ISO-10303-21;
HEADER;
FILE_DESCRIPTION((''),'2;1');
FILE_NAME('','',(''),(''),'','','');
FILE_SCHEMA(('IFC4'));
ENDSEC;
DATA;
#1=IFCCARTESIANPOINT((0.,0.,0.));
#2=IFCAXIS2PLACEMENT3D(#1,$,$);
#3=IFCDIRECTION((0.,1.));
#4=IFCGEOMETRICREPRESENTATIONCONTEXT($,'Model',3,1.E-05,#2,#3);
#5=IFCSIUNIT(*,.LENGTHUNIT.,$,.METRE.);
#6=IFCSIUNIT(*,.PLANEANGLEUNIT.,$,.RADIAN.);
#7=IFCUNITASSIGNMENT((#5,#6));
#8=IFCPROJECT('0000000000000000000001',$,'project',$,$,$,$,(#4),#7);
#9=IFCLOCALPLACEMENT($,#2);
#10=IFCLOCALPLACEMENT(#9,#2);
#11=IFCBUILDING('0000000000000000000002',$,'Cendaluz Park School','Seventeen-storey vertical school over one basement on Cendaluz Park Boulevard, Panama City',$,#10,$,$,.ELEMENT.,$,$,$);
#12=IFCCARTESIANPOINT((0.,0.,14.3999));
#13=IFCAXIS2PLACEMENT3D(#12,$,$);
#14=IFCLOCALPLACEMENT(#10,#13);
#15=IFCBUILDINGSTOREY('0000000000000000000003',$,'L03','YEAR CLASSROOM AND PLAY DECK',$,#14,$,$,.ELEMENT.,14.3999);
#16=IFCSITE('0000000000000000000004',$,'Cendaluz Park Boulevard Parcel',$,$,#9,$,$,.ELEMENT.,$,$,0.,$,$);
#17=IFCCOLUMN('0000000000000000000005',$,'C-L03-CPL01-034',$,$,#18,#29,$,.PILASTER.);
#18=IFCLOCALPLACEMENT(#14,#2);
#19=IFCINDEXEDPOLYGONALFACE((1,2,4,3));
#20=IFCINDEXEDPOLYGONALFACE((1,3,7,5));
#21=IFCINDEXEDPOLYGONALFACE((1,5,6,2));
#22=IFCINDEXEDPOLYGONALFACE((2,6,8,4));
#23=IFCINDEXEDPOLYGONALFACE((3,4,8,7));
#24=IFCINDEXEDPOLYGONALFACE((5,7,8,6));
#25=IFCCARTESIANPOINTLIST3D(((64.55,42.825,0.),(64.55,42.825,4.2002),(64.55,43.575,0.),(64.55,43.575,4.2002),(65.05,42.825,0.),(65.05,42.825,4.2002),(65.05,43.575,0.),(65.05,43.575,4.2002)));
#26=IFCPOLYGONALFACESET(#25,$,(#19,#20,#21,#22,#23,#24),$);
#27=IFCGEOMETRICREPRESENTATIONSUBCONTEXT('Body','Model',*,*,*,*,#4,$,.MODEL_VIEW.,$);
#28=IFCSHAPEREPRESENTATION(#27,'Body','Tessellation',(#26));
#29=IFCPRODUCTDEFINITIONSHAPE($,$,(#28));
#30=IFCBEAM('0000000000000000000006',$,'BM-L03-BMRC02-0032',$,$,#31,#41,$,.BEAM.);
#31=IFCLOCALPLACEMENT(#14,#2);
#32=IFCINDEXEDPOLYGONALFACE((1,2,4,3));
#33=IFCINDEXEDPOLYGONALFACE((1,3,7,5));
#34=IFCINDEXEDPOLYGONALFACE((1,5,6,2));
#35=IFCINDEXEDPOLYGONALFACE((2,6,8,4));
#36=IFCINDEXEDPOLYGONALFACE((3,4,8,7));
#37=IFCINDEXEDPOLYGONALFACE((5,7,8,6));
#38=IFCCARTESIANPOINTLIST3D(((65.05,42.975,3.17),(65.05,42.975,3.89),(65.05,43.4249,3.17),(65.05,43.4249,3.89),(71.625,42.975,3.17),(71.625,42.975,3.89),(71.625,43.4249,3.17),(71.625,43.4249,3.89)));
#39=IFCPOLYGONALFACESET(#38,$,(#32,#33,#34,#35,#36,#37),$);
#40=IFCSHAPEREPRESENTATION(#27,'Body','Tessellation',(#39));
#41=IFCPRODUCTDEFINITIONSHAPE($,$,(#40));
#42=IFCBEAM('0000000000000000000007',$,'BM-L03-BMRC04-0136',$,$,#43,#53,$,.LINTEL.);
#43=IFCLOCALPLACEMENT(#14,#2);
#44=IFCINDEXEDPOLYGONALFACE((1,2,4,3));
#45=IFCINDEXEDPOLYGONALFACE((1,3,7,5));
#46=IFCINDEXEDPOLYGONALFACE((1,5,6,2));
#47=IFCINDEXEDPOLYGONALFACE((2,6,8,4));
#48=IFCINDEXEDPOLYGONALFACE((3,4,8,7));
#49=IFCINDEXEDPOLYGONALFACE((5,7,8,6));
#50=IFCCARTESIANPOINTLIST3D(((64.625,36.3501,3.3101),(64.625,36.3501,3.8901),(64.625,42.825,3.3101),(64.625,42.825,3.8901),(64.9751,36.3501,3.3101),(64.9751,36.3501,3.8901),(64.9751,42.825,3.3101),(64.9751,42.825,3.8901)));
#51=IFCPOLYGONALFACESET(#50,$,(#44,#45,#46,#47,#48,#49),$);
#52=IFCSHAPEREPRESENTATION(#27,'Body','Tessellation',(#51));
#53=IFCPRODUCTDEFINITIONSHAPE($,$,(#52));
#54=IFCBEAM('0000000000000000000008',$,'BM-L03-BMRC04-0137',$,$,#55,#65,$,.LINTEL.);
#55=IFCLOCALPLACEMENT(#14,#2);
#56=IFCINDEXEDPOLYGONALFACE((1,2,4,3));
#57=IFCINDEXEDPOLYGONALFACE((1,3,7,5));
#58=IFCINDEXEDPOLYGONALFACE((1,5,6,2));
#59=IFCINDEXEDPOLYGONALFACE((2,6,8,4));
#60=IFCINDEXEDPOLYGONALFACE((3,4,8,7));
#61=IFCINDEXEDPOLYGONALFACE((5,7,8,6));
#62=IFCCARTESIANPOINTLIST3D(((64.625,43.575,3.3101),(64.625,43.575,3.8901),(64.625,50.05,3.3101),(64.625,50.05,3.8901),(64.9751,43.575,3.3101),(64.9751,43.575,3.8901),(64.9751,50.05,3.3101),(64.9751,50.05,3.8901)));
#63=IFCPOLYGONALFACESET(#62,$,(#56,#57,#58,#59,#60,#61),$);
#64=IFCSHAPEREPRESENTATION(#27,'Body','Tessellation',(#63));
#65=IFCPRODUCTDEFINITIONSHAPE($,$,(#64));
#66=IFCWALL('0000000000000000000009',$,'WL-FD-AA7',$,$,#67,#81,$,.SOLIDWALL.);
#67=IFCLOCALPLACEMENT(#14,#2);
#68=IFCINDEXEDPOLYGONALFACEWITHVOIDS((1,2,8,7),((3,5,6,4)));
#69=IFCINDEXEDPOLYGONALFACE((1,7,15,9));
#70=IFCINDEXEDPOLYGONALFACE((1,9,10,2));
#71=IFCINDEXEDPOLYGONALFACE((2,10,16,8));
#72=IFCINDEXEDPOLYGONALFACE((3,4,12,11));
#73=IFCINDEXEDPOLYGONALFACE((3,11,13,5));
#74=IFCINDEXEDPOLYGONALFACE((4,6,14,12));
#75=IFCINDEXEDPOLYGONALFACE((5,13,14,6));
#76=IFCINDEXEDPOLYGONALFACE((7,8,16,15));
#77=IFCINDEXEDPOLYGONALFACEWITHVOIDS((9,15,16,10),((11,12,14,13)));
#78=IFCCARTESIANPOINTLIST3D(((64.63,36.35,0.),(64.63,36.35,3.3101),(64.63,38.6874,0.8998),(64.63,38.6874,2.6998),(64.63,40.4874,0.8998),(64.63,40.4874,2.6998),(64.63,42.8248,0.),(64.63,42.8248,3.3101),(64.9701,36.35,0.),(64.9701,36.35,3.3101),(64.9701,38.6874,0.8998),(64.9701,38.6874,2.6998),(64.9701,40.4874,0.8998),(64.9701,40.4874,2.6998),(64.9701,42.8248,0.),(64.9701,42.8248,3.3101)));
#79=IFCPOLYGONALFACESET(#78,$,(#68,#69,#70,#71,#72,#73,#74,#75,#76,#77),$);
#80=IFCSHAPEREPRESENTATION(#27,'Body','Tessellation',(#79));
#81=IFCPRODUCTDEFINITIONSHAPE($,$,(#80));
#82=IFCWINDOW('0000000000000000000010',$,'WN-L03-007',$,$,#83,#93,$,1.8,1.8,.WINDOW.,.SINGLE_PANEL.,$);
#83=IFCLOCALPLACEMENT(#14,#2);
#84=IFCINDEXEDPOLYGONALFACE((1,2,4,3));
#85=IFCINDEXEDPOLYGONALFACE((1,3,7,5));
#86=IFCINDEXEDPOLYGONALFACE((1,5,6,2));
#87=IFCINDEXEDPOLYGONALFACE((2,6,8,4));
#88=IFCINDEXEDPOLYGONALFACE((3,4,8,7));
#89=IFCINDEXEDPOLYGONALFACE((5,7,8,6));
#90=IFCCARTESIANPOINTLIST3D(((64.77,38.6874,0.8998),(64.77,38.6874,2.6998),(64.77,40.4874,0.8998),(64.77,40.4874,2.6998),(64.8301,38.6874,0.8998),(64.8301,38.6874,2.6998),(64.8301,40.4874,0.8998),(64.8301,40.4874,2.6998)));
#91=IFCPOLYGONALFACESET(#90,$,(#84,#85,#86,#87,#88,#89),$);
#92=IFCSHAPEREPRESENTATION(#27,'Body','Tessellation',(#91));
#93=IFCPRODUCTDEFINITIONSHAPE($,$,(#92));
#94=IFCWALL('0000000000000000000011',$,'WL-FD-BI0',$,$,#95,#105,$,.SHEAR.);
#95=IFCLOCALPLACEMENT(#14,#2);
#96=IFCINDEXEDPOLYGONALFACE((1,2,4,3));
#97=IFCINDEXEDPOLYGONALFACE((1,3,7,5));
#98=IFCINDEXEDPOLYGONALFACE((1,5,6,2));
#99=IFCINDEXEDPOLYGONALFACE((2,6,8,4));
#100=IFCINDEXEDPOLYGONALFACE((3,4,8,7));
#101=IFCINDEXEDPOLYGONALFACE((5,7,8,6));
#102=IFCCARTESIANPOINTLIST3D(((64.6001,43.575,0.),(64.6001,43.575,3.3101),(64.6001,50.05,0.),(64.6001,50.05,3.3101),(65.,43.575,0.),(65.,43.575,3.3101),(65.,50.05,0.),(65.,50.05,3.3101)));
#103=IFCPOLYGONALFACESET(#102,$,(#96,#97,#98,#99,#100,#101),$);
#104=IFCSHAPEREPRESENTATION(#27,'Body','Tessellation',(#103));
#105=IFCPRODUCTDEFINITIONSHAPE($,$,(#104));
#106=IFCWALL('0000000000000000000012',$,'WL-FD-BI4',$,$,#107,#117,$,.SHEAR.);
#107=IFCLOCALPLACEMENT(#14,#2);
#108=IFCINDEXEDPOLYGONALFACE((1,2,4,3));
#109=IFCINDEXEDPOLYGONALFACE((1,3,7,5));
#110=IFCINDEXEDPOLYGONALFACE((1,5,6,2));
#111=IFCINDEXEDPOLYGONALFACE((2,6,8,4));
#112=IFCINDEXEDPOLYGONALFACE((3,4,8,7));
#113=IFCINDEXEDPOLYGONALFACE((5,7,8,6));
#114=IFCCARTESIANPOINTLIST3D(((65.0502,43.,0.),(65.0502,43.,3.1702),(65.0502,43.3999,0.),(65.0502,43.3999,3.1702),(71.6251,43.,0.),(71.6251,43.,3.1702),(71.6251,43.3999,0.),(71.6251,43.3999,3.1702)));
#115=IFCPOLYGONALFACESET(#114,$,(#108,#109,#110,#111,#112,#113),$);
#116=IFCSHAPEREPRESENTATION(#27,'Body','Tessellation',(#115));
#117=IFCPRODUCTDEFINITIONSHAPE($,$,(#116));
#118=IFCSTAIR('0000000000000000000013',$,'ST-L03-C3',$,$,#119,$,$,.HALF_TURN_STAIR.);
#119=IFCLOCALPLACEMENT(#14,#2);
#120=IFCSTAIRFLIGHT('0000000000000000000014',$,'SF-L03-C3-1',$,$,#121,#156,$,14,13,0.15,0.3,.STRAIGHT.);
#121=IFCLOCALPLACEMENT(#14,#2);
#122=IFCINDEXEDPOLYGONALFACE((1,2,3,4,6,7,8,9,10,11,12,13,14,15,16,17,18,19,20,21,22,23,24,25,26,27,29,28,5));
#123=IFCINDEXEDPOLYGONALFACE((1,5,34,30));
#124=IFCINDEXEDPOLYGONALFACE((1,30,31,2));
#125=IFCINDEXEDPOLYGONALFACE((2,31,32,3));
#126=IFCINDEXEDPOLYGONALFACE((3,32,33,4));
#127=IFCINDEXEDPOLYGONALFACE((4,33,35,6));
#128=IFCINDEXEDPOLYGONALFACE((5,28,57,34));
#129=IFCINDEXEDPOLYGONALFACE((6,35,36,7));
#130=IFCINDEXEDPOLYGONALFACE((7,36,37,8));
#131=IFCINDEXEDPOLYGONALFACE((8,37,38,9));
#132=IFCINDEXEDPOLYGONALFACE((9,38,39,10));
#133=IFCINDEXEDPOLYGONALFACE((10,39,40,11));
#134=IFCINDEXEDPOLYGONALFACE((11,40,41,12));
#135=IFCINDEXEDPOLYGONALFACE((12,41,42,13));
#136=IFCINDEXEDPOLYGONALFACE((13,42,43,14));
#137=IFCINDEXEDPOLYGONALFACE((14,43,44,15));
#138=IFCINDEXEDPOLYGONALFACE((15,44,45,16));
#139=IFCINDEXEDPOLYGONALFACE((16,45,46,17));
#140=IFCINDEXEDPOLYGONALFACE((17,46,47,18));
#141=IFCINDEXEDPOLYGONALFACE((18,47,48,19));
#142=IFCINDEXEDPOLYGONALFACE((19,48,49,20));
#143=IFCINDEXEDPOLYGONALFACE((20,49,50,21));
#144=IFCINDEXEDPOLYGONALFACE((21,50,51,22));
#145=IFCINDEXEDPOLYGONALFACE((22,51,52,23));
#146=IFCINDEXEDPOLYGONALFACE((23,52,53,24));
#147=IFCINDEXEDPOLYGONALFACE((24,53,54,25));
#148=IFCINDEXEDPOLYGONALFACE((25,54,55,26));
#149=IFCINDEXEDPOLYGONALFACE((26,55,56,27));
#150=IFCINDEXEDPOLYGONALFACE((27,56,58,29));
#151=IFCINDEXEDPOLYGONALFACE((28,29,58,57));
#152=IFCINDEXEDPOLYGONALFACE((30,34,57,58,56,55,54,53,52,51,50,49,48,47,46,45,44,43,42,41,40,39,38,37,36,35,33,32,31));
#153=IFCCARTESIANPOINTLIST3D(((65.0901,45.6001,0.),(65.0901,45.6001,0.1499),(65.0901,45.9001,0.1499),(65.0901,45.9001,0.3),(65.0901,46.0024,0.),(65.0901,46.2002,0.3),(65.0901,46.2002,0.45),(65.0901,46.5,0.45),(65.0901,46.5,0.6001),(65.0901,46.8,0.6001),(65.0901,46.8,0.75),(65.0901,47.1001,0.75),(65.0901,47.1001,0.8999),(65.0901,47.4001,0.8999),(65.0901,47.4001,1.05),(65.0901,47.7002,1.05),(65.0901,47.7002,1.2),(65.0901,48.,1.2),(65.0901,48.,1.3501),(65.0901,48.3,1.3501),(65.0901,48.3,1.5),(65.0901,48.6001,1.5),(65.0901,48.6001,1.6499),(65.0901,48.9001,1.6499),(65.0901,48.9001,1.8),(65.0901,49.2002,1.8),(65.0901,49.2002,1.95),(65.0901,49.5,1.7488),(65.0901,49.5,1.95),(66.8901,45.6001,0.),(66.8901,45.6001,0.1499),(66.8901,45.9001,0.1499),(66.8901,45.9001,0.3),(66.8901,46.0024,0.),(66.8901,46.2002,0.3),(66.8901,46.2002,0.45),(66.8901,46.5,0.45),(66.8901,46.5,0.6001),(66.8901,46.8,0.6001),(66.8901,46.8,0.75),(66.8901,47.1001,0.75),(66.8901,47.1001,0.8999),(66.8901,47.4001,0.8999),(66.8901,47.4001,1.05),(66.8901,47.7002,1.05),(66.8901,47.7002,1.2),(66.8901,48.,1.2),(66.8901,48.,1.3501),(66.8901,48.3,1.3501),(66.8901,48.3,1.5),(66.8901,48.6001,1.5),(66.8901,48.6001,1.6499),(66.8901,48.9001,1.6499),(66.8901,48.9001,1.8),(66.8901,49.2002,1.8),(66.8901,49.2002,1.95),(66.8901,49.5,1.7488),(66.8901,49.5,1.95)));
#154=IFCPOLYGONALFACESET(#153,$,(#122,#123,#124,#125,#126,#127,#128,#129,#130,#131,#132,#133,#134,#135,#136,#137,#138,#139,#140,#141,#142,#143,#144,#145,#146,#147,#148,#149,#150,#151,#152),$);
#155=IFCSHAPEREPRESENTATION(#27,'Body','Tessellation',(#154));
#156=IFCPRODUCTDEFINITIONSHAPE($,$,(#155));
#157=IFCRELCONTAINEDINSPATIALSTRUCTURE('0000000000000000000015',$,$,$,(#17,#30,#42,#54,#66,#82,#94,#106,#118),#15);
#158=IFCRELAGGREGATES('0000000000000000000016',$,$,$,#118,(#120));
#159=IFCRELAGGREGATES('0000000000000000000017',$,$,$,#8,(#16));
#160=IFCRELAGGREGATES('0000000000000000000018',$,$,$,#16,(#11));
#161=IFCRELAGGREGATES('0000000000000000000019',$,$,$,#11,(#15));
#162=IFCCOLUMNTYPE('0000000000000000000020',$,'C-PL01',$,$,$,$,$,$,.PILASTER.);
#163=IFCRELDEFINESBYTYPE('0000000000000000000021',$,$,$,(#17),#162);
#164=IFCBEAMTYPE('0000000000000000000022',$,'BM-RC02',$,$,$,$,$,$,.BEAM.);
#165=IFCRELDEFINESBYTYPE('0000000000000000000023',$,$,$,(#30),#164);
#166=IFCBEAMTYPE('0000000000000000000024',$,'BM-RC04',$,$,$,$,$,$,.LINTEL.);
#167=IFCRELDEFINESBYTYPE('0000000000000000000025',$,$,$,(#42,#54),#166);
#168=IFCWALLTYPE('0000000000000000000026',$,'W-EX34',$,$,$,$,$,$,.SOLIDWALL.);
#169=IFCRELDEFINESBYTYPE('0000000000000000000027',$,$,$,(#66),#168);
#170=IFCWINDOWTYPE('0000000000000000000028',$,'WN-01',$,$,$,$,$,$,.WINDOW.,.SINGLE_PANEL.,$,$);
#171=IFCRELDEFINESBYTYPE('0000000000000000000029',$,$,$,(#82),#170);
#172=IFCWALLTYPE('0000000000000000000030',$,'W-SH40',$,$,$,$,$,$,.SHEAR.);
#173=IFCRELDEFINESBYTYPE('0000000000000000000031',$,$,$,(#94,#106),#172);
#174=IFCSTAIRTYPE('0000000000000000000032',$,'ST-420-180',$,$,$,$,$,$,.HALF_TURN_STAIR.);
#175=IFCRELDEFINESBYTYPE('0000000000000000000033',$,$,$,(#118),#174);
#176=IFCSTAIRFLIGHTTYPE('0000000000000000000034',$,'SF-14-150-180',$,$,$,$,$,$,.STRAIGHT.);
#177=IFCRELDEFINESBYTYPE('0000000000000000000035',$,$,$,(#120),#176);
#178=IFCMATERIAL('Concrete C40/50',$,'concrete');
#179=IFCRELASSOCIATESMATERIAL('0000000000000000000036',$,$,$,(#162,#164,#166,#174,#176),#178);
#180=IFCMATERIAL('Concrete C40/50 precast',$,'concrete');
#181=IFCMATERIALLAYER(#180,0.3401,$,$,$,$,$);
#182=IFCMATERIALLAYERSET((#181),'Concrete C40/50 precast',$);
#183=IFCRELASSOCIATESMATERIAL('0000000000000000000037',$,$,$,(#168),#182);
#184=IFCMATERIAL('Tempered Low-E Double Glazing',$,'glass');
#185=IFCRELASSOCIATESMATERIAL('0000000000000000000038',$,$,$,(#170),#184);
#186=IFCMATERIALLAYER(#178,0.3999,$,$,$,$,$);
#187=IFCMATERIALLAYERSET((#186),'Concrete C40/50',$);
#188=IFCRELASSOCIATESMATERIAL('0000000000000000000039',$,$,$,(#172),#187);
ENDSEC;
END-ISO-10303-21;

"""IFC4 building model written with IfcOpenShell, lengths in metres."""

from ifc_helpers import new_model, si_unit, direction, frame, frame_2d, origin, origin_2d, place, context, subcontext, project, spatial, polyline, rectangle, outline, extrude, material, layer, layer_set, material_profile, profile_set, type_object, element, fill, aggregate, save


model = new_model("IFC4")

# Units and contexts
model_context = context("Model", 3, precision=1e-05, world=origin(), true_north=direction((0.0, 1.0)))
body_context = subcontext(model_context, "Body", "Model", "MODEL_VIEW")
ifc_project = project(units=[si_unit("LENGTHUNIT", "METRE"), si_unit("PLANEANGLEUNIT", "RADIAN")], contexts=[model_context])

# Site, building, storey
site_placement = place(None, origin())
site = spatial("IfcSite", under=ifc_project, at=site_placement, Name="Cendaluz Park Boulevard Parcel", CompositionType="ELEMENT", RefElevation=0.0)
building_placement = place(site_placement, origin())
building = spatial("IfcBuilding", under=site, at=building_placement, Name="Cendaluz Park School", Description="Seventeen-storey vertical school over one basement on Cendaluz Park Boulevard, Panama City", CompositionType="ELEMENT")
storey_placement = place(building_placement, frame((0.0, 0.0, 14.3999)))
storey = spatial("IfcBuildingStorey", under=building, at=storey_placement, Name="L03", Description="YEAR CLASSROOM AND PLAY DECK", CompositionType="ELEMENT", Elevation=14.3999)

# Column
ifc_material_1 = material(Name="Concrete C40/50", Category="concrete")
ifc_material_profile_1 = material_profile(ifc_material_1, rectangle(XDim=0.5, YDim=0.75, at=origin_2d()), Name="RC 500x750", Category="concrete")
ifc_profile_set_1 = profile_set([ifc_material_profile_1], Name="Concrete C40/50")
column_type = type_object("IfcColumnType", Name="C-PL01", PredefinedType="PILASTER", material=ifc_profile_set_1)
column_placement = place(storey_placement, frame((64.8, 43.2, 0.0), z_axis=(0.0, 0.0, 1.0), x_axis=(1.0, 0.0, 0.0)))
element("IfcColumn", 1, at=column_placement, inside=storey, type_object=column_type, Name="C-L03-CPL01-034", PredefinedType="PILASTER", context=body_context, shape_type="SweptSolid", body=[
    extrude(rectangle(XDim=0.5, YDim=0.75, at=origin_2d()), origin(), (0.0, 0.0, 1.0), 4.2002),
])

# Beams
ifc_material_profile_2 = material_profile(ifc_material_1, rectangle(XDim=0.45, YDim=0.72, at=origin_2d()), Name="RC 450x720", Category="concrete")
ifc_profile_set_2 = profile_set([ifc_material_profile_2], Name="Concrete C40/50")
beam_type_1 = type_object("IfcBeamType", Name="BM-RC02", PredefinedType="BEAM", material=ifc_profile_set_2)
beam_1_placement = place(storey_placement, frame((65.05, 43.2, 3.53), z_axis=(1.0, 0.0, 0.0), x_axis=(0.0, 1.0, 0.0)))
element("IfcBeam", 2, at=beam_1_placement, inside=storey, type_object=beam_type_1, Name="BM-L03-BMRC02-0032", PredefinedType="BEAM", context=body_context, shape_type="SweptSolid", body=[
    extrude(rectangle(XDim=0.45, YDim=0.72, at=origin_2d()), origin(), (0.0, 0.0, 1.0), 6.575),
])
ifc_material_profile_3 = material_profile(ifc_material_1, rectangle(XDim=0.3501, YDim=0.5801, at=origin_2d()), Name="RC 350x580", Category="concrete")
ifc_profile_set_3 = profile_set([ifc_material_profile_3], Name="Concrete C40/50")
beam_type_2 = type_object("IfcBeamType", Name="BM-RC04", PredefinedType="LINTEL", material=ifc_profile_set_3)
beam_2_placement = place(storey_placement, frame((64.8, 36.3501, 3.6001), z_axis=(0.0, 1.0, 0.0), x_axis=(-1.0, 0.0, 0.0)))
element("IfcBeam", 3, at=beam_2_placement, inside=storey, type_object=beam_type_2, Name="BM-L03-BMRC04-0136", PredefinedType="LINTEL", context=body_context, shape_type="SweptSolid", body=[
    extrude(rectangle(XDim=0.3501, YDim=0.5801, at=origin_2d()), origin(), (0.0, 0.0, 1.0), 6.4749),
])
beam_3_placement = place(storey_placement, frame((64.8, 43.575, 3.6001), z_axis=(0.0, 1.0, 0.0), x_axis=(-1.0, 0.0, 0.0)))
element("IfcBeam", 4, at=beam_3_placement, inside=storey, type_object=beam_type_2, Name="BM-L03-BMRC04-0137", PredefinedType="LINTEL", context=body_context, shape_type="SweptSolid", body=[
    extrude(rectangle(XDim=0.3501, YDim=0.5801, at=origin_2d()), origin(), (0.0, 0.0, 1.0), 6.4751),
])

# Wall, opening, window
ifc_material_2 = material(Name="Concrete C40/50 precast", Category="concrete")
ifc_layer_1 = layer(ifc_material_2, 0.3401)
ifc_layer_set_1 = layer_set([ifc_layer_1], Name="Concrete C40/50 precast")
wall_type_1 = type_object("IfcWallType", Name="W-EX34", PredefinedType="SOLIDWALL", material=ifc_layer_set_1)
wall_1_placement = place(storey_placement, frame((64.8, 36.3501, 0.0), z_axis=(0.0, 0.0, 1.0), x_axis=(0.0, 1.0, 0.0)))
wall_1 = element("IfcWall", 5, at=wall_1_placement, inside=storey, type_object=wall_type_1, Name="WL-FD-AA7", PredefinedType="SOLIDWALL", context=body_context, shape_type="SweptSolid", body=[
    extrude(rectangle(XDim=6.4749, YDim=0.3401, at=frame_2d((3.2373, 0.0))), origin(), (0.0, 0.0, 1.0), 3.3101),
])
opening_1_placement = place(wall_1_placement, frame((2.3374, 0.0, 0.8999)))
opening_1 = element("IfcOpeningElement", 6, at=opening_1_placement, cuts=wall_1, PredefinedType="OPENING", context=body_context, shape_type="SweptSolid", body=[
    extrude(rectangle(XDim=1.8, YDim=1.8, at=frame_2d((0.8999, 0.8999))), frame((0.0, 0.1821, 0.0), z_axis=(0.0, -1.0, 0.0), x_axis=(1.0, 0.0, 0.0)), (0.0, 0.0, 1.0), 0.364),
])
ifc_material_3 = material(Name="Tempered Low-E Double Glazing", Category="glass")
window_type = type_object("IfcWindowType", Name="WN-01", PartitioningType="SINGLE_PANEL", PredefinedType="WINDOW", material=ifc_material_3)
window_placement = place(opening_1_placement, origin())
window = element("IfcWindow", 7, at=window_placement, inside=storey, type_object=window_type, Name="WN-L03-007", OverallHeight=1.8, OverallWidth=1.8, PartitioningType="SINGLE_PANEL", PredefinedType="WINDOW", context=body_context, shape_type="SweptSolid", body=[
    extrude(rectangle(XDim=1.8, YDim=1.8, at=frame_2d((0.8999, 0.8999))), frame((0.0, 0.03, 0.0), z_axis=(0.0, -1.0, 0.0), x_axis=(1.0, 0.0, 0.0)), (0.0, 0.0, 1.0), 0.0601),
])
fill(opening_1, window)

# Walls
ifc_layer_2 = layer(ifc_material_1, 0.3999)
ifc_layer_set_2 = layer_set([ifc_layer_2], Name="Concrete C40/50")
wall_type_2 = type_object("IfcWallType", Name="W-SH40", PredefinedType="SHEAR", material=ifc_layer_set_2)
wall_2_placement = place(storey_placement, frame((64.8, 43.575, 0.0), z_axis=(0.0, 0.0, 1.0), x_axis=(0.0, 1.0, 0.0)))
element("IfcWall", 8, at=wall_2_placement, inside=storey, type_object=wall_type_2, Name="WL-FD-BI0", PredefinedType="SHEAR", context=body_context, shape_type="SweptSolid", body=[
    extrude(rectangle(XDim=6.4751, YDim=0.3999, at=frame_2d((3.2375, 0.0))), origin(), (0.0, 0.0, 1.0), 3.3101),
])
wall_3_placement = place(storey_placement, frame((65.05, 43.2, 0.0), z_axis=(0.0, 0.0, 1.0), x_axis=(1.0, 0.0, 0.0)))
element("IfcWall", 9, at=wall_3_placement, inside=storey, type_object=wall_type_2, Name="WL-FD-BI4", PredefinedType="SHEAR", context=body_context, shape_type="SweptSolid", body=[
    extrude(rectangle(XDim=6.575, YDim=0.3999, at=frame_2d((3.2876, 0.0))), origin(), (0.0, 0.0, 1.0), 3.1702),
])

# Stair, stair flight
stair_type = type_object("IfcStairType", Name="ST-420-180", PredefinedType="HALF_TURN_STAIR", material=ifc_material_1)
stair_placement = place(storey_placement, origin())
stair = element("IfcStair", 10, at=stair_placement, inside=storey, type_object=stair_type, Name="ST-L03-C3", PredefinedType="HALF_TURN_STAIR")
stair_flight_type = type_object("IfcStairFlightType", Name="SF-14-150-180", PredefinedType="STRAIGHT", material=ifc_material_1)
stair_flight_1_placement = place(storey_placement, frame((65.99, 45.6001, 0.0), z_axis=(0.0, 0.0, 1.0), x_axis=(0.0, 1.0, 0.0)))
stair_flight_1 = element("IfcStairFlight", 11, at=stair_flight_1_placement, type_object=stair_flight_type, Name="SF-L03-C3-1", NumberOfRisers=14, NumberOfTreads=13, PredefinedType="STRAIGHT", RiserHeight=0.15, TreadLength=0.3, context=body_context, shape_type="SweptSolid", body=[
    extrude(outline(polyline([(0.0, 0.0), (0.0, 0.1499), (0.3, 0.1499), (0.3, 0.3), (0.6001, 0.3), (0.6001, 0.45), (0.8999, 0.45), (0.8999, 0.6001), (1.2, 0.6001), (1.2, 0.75), (1.5, 0.75), (1.5, 0.8999), (1.8, 0.8999), (1.8, 1.05), (2.1001, 1.05), (2.1001, 1.2), (2.3999, 1.2), (2.3999, 1.3501), (2.7, 1.3501), (2.7, 1.5), (3.0, 1.5), (3.0, 1.6499), (3.3, 1.6499), (3.3, 1.8), (3.6001, 1.8), (3.6001, 1.95), (3.8999, 1.95), (3.8999, 2.1001), (3.8999, 1.7488), (0.4023, 0.0), (0.0, 0.0)])), frame((0.0, 0.8999, 0.0), z_axis=(0.0, -1.0, 0.0), x_axis=(1.0, 0.0, 0.0)), (0.0, 0.0, 1.0), 1.8),
])
aggregate(stair, [stair_flight_1])

save(model, "model.ifc")
